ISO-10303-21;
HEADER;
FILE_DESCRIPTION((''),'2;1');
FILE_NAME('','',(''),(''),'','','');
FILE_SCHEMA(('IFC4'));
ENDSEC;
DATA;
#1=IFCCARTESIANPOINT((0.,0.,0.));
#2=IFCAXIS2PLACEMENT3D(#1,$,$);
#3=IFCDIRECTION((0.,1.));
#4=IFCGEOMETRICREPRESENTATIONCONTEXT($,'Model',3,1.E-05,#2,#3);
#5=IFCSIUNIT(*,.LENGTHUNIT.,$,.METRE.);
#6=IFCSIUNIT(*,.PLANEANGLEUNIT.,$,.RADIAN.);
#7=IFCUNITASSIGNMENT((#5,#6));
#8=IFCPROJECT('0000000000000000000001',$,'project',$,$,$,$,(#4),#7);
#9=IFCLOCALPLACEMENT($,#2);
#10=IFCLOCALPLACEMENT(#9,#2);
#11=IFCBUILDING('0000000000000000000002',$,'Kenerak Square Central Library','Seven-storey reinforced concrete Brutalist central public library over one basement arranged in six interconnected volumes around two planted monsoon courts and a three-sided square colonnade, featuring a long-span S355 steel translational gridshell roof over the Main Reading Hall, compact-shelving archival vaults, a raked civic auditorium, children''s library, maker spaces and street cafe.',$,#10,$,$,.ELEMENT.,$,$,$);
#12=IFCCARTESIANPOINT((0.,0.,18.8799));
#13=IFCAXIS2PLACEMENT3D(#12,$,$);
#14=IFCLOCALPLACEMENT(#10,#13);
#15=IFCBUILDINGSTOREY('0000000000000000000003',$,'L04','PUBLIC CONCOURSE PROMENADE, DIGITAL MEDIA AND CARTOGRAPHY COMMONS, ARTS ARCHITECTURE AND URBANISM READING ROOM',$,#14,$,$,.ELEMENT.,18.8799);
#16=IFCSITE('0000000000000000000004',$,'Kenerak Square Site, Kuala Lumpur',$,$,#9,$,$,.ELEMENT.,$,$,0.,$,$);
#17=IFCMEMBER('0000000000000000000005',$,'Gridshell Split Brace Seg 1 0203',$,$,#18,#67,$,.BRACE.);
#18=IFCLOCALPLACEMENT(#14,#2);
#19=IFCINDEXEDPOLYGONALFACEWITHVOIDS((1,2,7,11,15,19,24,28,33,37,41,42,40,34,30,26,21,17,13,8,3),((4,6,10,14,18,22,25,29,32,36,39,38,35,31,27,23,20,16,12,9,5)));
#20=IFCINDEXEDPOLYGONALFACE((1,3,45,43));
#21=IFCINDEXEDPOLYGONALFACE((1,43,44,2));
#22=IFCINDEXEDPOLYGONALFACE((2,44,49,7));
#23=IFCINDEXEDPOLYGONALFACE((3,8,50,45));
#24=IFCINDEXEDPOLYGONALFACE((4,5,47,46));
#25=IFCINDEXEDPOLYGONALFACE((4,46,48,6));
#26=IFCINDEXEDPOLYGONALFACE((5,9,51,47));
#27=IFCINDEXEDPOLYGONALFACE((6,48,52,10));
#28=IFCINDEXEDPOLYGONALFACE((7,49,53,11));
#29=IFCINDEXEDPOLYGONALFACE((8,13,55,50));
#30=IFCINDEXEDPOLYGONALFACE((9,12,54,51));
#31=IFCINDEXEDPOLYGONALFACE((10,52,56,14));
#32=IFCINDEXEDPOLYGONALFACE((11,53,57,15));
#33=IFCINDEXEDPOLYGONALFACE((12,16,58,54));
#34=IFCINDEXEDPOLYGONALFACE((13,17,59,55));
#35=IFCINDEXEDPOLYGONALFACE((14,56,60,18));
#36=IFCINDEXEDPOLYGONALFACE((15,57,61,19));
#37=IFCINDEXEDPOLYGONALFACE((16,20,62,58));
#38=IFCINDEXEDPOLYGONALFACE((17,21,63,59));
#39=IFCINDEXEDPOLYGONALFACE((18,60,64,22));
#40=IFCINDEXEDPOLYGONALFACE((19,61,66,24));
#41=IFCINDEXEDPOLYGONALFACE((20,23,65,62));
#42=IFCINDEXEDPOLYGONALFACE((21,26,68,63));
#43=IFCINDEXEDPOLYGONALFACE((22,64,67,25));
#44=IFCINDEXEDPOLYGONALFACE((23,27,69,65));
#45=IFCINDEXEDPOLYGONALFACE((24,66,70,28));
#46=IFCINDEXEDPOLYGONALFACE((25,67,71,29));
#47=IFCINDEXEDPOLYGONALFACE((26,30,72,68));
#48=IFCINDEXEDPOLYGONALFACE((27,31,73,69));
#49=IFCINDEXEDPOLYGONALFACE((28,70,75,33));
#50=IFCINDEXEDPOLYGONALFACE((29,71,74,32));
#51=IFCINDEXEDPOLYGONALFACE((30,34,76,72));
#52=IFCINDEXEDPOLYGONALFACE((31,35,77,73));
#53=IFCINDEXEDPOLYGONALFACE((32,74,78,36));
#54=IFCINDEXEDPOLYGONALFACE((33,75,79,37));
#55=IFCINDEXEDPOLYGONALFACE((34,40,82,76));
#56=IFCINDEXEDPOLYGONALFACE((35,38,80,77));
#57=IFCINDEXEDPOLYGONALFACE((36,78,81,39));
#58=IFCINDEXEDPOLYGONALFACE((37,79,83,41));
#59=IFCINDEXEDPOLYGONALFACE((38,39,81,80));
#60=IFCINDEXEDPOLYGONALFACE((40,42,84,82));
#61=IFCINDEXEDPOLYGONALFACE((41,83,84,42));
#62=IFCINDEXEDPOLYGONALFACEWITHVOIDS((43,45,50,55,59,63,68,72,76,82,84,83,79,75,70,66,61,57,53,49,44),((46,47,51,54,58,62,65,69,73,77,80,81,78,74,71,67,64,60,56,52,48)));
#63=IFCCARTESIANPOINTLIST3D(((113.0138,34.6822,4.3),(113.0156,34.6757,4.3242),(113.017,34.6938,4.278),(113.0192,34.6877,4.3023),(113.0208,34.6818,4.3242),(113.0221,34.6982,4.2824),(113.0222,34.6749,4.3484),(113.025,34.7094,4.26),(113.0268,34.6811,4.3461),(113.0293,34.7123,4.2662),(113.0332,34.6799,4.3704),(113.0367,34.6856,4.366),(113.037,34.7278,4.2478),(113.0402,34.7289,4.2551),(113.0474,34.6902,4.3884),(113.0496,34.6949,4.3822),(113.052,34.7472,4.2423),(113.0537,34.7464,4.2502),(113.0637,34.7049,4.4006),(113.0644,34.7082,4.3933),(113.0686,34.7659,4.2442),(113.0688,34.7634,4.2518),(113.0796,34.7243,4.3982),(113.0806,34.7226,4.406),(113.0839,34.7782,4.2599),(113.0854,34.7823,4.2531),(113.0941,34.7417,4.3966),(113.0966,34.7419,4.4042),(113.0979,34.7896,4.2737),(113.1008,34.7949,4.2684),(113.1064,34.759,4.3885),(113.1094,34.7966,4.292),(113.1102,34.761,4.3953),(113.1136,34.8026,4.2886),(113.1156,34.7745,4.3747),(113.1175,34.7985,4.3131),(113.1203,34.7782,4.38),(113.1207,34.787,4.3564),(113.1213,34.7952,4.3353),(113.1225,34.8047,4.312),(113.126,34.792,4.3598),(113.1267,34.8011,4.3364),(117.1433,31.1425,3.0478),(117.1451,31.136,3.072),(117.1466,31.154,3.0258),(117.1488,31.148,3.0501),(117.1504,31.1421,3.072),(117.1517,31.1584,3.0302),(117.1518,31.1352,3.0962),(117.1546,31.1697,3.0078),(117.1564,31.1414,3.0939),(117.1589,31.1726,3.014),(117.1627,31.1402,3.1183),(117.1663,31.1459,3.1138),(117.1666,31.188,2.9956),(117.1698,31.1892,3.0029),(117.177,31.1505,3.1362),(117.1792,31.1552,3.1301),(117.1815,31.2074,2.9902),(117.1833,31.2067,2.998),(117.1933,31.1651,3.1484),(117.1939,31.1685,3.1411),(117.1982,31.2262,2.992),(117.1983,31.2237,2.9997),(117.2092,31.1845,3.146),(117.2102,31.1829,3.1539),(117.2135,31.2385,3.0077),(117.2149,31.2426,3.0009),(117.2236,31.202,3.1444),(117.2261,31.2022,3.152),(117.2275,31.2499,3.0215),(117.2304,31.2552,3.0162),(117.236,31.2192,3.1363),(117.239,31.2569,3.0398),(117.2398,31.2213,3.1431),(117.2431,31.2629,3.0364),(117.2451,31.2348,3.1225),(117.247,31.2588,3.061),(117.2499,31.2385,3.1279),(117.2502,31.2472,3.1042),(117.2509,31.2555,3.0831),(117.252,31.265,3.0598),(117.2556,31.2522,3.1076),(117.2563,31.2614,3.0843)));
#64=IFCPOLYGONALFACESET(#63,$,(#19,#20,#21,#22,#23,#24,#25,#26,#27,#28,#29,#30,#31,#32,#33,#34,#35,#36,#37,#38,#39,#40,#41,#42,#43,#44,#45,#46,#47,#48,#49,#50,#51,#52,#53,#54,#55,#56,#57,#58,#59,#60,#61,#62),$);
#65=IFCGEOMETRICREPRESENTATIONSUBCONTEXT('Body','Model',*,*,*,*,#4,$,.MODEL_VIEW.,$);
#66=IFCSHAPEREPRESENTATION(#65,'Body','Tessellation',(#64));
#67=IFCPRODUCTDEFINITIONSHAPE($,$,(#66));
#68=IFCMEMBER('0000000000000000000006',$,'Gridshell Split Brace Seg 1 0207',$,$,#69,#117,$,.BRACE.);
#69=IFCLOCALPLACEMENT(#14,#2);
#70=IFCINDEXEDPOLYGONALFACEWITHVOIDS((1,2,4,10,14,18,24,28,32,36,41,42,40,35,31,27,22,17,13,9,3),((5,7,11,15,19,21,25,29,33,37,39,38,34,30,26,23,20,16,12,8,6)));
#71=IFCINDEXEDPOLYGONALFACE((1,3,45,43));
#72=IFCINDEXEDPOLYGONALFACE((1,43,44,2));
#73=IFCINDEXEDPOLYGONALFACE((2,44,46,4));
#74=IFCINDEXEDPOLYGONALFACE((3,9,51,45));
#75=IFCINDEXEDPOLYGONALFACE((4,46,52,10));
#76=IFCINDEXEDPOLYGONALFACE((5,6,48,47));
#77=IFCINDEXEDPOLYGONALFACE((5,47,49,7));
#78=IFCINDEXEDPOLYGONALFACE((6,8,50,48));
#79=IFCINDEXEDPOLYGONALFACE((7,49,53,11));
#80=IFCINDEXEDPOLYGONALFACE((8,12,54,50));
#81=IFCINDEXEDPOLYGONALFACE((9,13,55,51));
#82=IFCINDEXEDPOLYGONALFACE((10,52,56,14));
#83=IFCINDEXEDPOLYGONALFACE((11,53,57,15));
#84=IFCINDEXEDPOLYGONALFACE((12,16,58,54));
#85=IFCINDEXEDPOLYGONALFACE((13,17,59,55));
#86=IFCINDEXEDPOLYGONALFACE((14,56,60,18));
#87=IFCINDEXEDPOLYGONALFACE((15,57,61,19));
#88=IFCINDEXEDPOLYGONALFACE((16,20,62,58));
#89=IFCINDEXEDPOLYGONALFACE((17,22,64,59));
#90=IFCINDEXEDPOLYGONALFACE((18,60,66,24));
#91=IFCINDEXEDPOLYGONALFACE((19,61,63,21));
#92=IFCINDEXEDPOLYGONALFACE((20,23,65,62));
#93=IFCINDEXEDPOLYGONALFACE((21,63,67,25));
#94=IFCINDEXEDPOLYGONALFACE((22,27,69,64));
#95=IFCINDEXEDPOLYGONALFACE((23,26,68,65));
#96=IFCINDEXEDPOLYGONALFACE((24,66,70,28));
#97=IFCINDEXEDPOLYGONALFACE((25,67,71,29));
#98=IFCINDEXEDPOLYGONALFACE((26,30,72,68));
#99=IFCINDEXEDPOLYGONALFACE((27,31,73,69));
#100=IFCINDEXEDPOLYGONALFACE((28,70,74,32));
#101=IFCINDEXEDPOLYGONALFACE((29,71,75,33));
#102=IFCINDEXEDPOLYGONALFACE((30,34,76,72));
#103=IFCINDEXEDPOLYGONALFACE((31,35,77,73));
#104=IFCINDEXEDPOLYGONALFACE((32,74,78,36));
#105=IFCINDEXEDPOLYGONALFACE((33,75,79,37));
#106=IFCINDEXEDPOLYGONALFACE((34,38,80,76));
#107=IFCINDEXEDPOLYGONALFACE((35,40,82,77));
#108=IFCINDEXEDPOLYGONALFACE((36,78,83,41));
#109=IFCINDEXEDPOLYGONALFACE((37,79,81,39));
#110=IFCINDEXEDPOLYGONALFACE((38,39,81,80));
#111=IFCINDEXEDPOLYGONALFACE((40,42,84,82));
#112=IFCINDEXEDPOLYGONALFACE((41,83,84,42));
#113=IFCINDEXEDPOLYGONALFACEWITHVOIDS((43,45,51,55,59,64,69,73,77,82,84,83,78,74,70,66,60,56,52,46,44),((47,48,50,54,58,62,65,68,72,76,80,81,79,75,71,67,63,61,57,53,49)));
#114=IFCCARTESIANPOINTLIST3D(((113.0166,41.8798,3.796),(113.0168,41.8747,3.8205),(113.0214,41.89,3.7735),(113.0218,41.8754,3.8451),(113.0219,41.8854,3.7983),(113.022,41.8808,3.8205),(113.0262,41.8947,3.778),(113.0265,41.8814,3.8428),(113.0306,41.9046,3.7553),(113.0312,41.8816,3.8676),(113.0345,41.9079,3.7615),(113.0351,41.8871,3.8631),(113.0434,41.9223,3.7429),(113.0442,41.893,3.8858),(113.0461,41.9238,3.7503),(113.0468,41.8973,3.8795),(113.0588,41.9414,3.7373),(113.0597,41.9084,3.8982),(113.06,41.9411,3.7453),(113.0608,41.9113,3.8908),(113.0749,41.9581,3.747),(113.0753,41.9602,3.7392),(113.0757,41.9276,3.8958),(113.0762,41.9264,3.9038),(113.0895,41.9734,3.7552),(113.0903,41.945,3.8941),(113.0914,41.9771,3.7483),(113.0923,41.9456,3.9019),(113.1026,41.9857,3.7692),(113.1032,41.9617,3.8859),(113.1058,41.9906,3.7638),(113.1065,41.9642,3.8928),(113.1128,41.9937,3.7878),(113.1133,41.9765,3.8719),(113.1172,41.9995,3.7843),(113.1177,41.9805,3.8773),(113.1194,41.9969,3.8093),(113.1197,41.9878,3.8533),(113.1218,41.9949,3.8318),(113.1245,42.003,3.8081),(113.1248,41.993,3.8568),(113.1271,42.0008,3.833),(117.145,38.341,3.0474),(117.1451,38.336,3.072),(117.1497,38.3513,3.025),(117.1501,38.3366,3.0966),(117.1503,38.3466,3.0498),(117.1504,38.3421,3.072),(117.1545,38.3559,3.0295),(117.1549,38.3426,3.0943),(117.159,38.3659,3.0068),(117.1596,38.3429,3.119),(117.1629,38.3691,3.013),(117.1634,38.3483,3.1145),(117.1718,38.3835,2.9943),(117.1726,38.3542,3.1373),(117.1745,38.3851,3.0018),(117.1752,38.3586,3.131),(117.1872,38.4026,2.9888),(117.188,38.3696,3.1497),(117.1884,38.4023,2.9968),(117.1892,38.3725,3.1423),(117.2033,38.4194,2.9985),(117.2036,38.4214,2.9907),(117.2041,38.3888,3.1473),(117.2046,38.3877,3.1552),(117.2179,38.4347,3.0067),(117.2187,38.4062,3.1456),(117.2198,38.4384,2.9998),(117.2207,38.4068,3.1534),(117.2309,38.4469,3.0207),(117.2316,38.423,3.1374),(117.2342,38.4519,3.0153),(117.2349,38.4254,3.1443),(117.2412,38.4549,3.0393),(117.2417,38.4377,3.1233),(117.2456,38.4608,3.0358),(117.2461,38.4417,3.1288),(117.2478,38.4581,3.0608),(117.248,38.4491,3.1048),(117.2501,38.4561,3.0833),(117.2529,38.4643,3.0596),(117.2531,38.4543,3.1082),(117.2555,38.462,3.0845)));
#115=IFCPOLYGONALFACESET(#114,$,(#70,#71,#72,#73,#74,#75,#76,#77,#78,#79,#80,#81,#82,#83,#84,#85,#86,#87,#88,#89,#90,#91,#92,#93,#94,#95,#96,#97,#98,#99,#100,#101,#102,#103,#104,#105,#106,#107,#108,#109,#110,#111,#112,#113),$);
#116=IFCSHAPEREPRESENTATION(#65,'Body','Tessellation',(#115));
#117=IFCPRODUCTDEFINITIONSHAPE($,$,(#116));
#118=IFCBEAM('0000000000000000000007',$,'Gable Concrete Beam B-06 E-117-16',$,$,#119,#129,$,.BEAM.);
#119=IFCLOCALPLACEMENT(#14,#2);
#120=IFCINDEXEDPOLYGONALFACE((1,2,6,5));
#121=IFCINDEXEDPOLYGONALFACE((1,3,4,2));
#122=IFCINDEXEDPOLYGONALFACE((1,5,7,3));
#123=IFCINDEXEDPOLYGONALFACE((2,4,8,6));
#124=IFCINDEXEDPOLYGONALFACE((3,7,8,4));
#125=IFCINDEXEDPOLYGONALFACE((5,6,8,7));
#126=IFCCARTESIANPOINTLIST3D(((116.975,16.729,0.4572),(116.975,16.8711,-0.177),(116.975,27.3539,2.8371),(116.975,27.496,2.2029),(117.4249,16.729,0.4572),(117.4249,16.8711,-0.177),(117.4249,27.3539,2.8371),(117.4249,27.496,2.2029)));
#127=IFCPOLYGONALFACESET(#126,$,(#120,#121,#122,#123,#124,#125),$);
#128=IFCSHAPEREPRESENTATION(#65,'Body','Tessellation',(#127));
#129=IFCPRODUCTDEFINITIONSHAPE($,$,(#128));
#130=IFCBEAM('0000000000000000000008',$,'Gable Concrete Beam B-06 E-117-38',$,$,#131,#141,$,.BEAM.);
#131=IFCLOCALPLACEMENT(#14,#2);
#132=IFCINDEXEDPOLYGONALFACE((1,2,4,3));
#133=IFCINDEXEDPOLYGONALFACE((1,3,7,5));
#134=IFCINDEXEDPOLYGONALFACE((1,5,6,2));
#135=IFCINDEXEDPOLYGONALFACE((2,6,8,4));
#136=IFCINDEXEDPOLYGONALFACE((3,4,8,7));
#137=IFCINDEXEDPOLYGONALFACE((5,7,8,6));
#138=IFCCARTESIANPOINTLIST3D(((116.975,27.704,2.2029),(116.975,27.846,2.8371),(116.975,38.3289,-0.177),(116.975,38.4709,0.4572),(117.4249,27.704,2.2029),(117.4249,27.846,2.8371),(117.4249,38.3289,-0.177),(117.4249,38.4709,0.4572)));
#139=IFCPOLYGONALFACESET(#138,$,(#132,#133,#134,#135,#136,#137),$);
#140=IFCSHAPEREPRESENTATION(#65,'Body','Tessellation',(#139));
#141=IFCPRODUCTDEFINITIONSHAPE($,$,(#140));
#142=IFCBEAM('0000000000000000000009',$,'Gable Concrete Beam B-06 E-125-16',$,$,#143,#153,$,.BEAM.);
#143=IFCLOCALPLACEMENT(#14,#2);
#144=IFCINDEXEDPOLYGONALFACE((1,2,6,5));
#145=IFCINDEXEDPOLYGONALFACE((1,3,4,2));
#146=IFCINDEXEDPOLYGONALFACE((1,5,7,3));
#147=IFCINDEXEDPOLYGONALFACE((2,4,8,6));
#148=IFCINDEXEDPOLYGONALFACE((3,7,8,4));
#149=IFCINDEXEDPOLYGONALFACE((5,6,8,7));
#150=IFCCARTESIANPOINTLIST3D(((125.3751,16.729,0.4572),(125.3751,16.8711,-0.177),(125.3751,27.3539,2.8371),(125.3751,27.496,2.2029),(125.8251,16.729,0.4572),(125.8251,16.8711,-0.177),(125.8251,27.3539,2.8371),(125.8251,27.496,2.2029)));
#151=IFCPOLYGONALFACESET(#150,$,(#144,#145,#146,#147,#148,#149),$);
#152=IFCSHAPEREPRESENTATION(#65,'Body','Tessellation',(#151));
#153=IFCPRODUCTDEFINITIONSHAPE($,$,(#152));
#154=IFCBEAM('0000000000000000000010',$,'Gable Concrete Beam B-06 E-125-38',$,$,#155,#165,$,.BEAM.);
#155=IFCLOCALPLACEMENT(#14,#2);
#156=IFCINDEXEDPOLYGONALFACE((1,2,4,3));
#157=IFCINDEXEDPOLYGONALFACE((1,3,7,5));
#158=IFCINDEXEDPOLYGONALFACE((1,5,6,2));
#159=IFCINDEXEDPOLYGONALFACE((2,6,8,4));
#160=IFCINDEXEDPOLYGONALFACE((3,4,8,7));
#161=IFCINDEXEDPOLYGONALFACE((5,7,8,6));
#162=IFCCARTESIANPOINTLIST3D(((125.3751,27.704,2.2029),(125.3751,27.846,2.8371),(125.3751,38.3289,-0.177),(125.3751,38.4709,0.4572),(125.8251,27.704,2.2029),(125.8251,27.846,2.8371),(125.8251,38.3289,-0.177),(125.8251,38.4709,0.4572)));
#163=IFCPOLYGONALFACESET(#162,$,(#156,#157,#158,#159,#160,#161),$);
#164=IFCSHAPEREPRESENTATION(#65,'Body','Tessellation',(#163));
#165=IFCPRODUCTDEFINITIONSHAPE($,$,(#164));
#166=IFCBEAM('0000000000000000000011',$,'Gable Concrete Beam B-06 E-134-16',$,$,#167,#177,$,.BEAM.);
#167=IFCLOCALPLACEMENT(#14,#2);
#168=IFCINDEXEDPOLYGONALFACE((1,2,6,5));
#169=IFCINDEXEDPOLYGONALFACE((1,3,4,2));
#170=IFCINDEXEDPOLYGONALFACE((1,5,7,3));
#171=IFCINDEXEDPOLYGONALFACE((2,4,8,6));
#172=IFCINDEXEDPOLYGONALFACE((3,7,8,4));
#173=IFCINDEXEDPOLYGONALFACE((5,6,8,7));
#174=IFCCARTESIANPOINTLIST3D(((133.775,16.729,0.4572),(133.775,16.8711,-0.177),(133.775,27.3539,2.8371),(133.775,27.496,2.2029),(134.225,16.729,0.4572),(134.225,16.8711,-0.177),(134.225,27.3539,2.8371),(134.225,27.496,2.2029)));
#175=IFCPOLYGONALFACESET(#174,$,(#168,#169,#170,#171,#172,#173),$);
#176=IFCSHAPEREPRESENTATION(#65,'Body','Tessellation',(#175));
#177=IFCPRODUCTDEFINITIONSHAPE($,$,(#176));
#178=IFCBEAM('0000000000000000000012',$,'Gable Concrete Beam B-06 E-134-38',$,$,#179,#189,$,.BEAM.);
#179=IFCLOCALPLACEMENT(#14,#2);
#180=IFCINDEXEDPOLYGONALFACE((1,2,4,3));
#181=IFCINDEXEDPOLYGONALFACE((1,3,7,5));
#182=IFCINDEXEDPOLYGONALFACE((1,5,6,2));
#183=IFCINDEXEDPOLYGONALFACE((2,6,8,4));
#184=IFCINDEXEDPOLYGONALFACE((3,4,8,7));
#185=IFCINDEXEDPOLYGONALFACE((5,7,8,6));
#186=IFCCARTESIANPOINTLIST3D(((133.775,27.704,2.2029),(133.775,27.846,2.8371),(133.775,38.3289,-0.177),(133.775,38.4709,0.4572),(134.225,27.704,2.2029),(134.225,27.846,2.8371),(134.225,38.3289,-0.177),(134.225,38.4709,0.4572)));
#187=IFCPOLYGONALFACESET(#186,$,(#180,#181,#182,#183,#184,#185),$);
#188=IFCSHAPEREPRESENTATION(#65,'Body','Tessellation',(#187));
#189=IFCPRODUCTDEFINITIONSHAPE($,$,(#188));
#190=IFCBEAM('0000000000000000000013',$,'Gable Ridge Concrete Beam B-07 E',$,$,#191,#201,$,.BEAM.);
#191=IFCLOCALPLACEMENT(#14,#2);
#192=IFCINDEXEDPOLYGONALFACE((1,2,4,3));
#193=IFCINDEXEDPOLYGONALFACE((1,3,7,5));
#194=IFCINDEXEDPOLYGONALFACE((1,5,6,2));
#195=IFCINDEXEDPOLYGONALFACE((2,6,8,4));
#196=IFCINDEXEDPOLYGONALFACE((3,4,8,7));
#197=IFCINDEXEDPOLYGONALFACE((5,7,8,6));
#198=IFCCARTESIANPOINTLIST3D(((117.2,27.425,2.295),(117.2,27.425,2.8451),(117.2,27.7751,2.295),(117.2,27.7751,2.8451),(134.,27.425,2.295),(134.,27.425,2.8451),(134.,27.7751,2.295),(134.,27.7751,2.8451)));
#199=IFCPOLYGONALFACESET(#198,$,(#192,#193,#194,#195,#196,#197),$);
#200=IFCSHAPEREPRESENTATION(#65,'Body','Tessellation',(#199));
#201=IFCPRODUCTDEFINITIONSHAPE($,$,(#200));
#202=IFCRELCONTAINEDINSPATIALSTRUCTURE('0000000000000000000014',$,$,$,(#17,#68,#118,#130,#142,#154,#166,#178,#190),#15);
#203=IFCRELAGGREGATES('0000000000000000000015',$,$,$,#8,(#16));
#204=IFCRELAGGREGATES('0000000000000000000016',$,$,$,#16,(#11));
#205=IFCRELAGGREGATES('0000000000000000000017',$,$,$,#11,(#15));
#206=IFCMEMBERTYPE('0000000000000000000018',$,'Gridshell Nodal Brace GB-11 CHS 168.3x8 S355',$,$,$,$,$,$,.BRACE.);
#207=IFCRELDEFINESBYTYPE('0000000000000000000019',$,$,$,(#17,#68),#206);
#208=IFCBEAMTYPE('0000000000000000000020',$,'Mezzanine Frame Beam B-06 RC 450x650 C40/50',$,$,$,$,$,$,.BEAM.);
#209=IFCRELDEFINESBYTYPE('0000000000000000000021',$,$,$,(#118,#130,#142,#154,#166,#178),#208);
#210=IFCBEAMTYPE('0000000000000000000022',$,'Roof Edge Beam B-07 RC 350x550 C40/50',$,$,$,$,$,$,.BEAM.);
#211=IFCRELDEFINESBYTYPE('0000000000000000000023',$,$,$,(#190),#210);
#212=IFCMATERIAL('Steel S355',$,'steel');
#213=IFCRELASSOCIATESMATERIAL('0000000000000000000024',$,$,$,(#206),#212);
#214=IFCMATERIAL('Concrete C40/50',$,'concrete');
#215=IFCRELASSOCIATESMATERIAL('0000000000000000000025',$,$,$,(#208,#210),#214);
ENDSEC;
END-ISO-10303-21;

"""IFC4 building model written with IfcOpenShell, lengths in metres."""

from ifc_helpers import new_model, si_unit, direction, frame, origin, origin_2d, place, context, subcontext, project, spatial, rectangle, hollow_circle, extrude, material, material_profile, profile_set, type_object, element, save


model = new_model("IFC4")

# Units and contexts
model_context = context("Model", 3, precision=1e-05, world=origin(), true_north=direction((0.0, 1.0)))
body_context = subcontext(model_context, "Body", "Model", "MODEL_VIEW")
ifc_project = project(units=[si_unit("LENGTHUNIT", "METRE"), si_unit("PLANEANGLEUNIT", "RADIAN")], contexts=[model_context])

# Site, building, storey
site_placement = place(None, origin())
site = spatial("IfcSite", under=ifc_project, at=site_placement, Name="Kenerak Square Site, Kuala Lumpur", CompositionType="ELEMENT", RefElevation=0.0)
building_placement = place(site_placement, origin())
building = spatial("IfcBuilding", under=site, at=building_placement, Name="Kenerak Square Central Library", Description="Seven-storey reinforced concrete Brutalist central public library over one basement arranged in six interconnected volumes around two planted monsoon courts and a three-sided square colonnade, featuring a long-span S355 steel translational gridshell roof over the Main Reading Hall, compact-shelving archival vaults, a raked civic auditorium, children's library, maker spaces and street cafe.", CompositionType="ELEMENT")
storey_placement = place(building_placement, frame((0.0, 0.0, 18.8799)))
storey = spatial("IfcBuildingStorey", under=building, at=storey_placement, Name="L04", Description="PUBLIC CONCOURSE PROMENADE, DIGITAL MEDIA AND CARTOGRAPHY COMMONS, ARTS ARCHITECTURE AND URBANISM READING ROOM", CompositionType="ELEMENT", Elevation=18.8799)

# Shared definitions
ifc_material_1 = material(Name="Concrete C40/50", Category="concrete")

# Members
ifc_material_2 = material(Name="Steel S355", Category="steel")
ifc_material_profile_1 = material_profile(ifc_material_2, hollow_circle(Radius=0.0842, WallThickness=0.0081, at=origin_2d()), Name="CHS 168.3x8.0")
ifc_profile_set_1 = profile_set([ifc_material_profile_1], Name="Steel S355")
member_type_1 = type_object("IfcMemberType", Name="Gridshell Nodal Brace GB-11 CHS 168.3x8 S355", PredefinedType="BRACE", material=ifc_profile_set_1)
member_1_placement = place(storey_placement, frame((117.2, 31.2, 3.072), z_axis=(-0.739893, 0.634212, 0.224352), x_axis=(-0.650802, -0.759247, 0.0)))
element("IfcMember", 1, at=member_1_placement, inside=storey, type_object=member_type_1, Name="Gridshell Split Brace Seg 1 0203", PredefinedType="BRACE", context=body_context, shape_type="SweptSolid", body=[
    extrude(hollow_circle(Radius=0.0842, WallThickness=0.0081, at=origin_2d()), origin(), (0.0, 0.0, 1.0), 5.5813),
])
member_2_placement = place(storey_placement, frame((117.2, 38.3999, 3.072), z_axis=(-0.752147, 0.64473, 0.136374), x_axis=(-0.65081, -0.759241, 0.0)))
element("IfcMember", 2, at=member_2_placement, inside=storey, type_object=member_type_1, Name="Gridshell Split Brace Seg 1 0207", PredefinedType="BRACE", context=body_context, shape_type="SweptSolid", body=[
    extrude(hollow_circle(Radius=0.0842, WallThickness=0.0081, at=origin_2d()), origin(), (0.0, 0.0, 1.0), 5.4888),
])

# Beams
ifc_material_profile_2 = material_profile(ifc_material_1, rectangle(XDim=0.45, YDim=0.6499, at=origin_2d()), Name="RC 450x650")
ifc_profile_set_2 = profile_set([ifc_material_profile_2], Name="Concrete C40/50")
beam_type_1 = type_object("IfcBeamType", Name="Mezzanine Frame Beam B-06 RC 450x650 C40/50", PredefinedType="BEAM", material=ifc_profile_set_2)
for number, where, z_axis, x_axis, name in (
    (3, (117.2, 16.8, 0.1401), (0.0, 0.975821, 0.218573), (-1.0, 0.0, 0.0), "Gable Concrete Beam B-06 E-117-16"),
    (4, (117.2, 38.3999, 0.1401), (0.0, -0.975821, 0.218573), (1.0, 0.0, 0.0), "Gable Concrete Beam B-06 E-117-38"),
    (5, (125.6001, 16.8, 0.1401), (0.0, 0.975821, 0.218573), (-1.0, 0.0, 0.0), "Gable Concrete Beam B-06 E-125-16"),
    (6, (125.6001, 38.3999, 0.1401), (0.0, -0.975821, 0.218573), (1.0, 0.0, 0.0), "Gable Concrete Beam B-06 E-125-38"),
    (7, (134.0, 16.8, 0.1401), (0.0, 0.975821, 0.218573), (-1.0, 0.0, 0.0), "Gable Concrete Beam B-06 E-134-16"),
    (8, (134.0, 38.3999, 0.1401), (0.0, -0.975821, 0.218573), (1.0, 0.0, 0.0), "Gable Concrete Beam B-06 E-134-38"),
):
    element("IfcBeam", number, at=place(storey_placement, frame(where, z_axis=z_axis, x_axis=x_axis)), inside=storey, type_object=beam_type_1, Name=name, PredefinedType="BEAM", context=body_context, shape_type="SweptSolid", body=[
        extrude(rectangle(XDim=0.45, YDim=0.6499, at=origin_2d()), origin(), (0.0, 0.0, 1.0), 10.8882),
    ])
ifc_material_profile_3 = material_profile(ifc_material_1, rectangle(XDim=0.3501, YDim=0.55, at=origin_2d()), Name="RC 350x550")
ifc_profile_set_3 = profile_set([ifc_material_profile_3], Name="Concrete C40/50")
beam_type_2 = type_object("IfcBeamType", Name="Roof Edge Beam B-07 RC 350x550 C40/50", PredefinedType="BEAM", material=ifc_profile_set_3)
beam_placement = place(storey_placement, frame((117.2, 27.6001, 2.5701), z_axis=(1.0, 0.0, 0.0), x_axis=(0.0, 1.0, 0.0)))
element("IfcBeam", 9, at=beam_placement, inside=storey, type_object=beam_type_2, Name="Gable Ridge Concrete Beam B-07 E", PredefinedType="BEAM", context=body_context, shape_type="SweptSolid", body=[
    extrude(rectangle(XDim=0.3501, YDim=0.55, at=origin_2d()), origin(), (0.0, 0.0, 1.0), 16.8),
])

save(model, "model.ifc")
